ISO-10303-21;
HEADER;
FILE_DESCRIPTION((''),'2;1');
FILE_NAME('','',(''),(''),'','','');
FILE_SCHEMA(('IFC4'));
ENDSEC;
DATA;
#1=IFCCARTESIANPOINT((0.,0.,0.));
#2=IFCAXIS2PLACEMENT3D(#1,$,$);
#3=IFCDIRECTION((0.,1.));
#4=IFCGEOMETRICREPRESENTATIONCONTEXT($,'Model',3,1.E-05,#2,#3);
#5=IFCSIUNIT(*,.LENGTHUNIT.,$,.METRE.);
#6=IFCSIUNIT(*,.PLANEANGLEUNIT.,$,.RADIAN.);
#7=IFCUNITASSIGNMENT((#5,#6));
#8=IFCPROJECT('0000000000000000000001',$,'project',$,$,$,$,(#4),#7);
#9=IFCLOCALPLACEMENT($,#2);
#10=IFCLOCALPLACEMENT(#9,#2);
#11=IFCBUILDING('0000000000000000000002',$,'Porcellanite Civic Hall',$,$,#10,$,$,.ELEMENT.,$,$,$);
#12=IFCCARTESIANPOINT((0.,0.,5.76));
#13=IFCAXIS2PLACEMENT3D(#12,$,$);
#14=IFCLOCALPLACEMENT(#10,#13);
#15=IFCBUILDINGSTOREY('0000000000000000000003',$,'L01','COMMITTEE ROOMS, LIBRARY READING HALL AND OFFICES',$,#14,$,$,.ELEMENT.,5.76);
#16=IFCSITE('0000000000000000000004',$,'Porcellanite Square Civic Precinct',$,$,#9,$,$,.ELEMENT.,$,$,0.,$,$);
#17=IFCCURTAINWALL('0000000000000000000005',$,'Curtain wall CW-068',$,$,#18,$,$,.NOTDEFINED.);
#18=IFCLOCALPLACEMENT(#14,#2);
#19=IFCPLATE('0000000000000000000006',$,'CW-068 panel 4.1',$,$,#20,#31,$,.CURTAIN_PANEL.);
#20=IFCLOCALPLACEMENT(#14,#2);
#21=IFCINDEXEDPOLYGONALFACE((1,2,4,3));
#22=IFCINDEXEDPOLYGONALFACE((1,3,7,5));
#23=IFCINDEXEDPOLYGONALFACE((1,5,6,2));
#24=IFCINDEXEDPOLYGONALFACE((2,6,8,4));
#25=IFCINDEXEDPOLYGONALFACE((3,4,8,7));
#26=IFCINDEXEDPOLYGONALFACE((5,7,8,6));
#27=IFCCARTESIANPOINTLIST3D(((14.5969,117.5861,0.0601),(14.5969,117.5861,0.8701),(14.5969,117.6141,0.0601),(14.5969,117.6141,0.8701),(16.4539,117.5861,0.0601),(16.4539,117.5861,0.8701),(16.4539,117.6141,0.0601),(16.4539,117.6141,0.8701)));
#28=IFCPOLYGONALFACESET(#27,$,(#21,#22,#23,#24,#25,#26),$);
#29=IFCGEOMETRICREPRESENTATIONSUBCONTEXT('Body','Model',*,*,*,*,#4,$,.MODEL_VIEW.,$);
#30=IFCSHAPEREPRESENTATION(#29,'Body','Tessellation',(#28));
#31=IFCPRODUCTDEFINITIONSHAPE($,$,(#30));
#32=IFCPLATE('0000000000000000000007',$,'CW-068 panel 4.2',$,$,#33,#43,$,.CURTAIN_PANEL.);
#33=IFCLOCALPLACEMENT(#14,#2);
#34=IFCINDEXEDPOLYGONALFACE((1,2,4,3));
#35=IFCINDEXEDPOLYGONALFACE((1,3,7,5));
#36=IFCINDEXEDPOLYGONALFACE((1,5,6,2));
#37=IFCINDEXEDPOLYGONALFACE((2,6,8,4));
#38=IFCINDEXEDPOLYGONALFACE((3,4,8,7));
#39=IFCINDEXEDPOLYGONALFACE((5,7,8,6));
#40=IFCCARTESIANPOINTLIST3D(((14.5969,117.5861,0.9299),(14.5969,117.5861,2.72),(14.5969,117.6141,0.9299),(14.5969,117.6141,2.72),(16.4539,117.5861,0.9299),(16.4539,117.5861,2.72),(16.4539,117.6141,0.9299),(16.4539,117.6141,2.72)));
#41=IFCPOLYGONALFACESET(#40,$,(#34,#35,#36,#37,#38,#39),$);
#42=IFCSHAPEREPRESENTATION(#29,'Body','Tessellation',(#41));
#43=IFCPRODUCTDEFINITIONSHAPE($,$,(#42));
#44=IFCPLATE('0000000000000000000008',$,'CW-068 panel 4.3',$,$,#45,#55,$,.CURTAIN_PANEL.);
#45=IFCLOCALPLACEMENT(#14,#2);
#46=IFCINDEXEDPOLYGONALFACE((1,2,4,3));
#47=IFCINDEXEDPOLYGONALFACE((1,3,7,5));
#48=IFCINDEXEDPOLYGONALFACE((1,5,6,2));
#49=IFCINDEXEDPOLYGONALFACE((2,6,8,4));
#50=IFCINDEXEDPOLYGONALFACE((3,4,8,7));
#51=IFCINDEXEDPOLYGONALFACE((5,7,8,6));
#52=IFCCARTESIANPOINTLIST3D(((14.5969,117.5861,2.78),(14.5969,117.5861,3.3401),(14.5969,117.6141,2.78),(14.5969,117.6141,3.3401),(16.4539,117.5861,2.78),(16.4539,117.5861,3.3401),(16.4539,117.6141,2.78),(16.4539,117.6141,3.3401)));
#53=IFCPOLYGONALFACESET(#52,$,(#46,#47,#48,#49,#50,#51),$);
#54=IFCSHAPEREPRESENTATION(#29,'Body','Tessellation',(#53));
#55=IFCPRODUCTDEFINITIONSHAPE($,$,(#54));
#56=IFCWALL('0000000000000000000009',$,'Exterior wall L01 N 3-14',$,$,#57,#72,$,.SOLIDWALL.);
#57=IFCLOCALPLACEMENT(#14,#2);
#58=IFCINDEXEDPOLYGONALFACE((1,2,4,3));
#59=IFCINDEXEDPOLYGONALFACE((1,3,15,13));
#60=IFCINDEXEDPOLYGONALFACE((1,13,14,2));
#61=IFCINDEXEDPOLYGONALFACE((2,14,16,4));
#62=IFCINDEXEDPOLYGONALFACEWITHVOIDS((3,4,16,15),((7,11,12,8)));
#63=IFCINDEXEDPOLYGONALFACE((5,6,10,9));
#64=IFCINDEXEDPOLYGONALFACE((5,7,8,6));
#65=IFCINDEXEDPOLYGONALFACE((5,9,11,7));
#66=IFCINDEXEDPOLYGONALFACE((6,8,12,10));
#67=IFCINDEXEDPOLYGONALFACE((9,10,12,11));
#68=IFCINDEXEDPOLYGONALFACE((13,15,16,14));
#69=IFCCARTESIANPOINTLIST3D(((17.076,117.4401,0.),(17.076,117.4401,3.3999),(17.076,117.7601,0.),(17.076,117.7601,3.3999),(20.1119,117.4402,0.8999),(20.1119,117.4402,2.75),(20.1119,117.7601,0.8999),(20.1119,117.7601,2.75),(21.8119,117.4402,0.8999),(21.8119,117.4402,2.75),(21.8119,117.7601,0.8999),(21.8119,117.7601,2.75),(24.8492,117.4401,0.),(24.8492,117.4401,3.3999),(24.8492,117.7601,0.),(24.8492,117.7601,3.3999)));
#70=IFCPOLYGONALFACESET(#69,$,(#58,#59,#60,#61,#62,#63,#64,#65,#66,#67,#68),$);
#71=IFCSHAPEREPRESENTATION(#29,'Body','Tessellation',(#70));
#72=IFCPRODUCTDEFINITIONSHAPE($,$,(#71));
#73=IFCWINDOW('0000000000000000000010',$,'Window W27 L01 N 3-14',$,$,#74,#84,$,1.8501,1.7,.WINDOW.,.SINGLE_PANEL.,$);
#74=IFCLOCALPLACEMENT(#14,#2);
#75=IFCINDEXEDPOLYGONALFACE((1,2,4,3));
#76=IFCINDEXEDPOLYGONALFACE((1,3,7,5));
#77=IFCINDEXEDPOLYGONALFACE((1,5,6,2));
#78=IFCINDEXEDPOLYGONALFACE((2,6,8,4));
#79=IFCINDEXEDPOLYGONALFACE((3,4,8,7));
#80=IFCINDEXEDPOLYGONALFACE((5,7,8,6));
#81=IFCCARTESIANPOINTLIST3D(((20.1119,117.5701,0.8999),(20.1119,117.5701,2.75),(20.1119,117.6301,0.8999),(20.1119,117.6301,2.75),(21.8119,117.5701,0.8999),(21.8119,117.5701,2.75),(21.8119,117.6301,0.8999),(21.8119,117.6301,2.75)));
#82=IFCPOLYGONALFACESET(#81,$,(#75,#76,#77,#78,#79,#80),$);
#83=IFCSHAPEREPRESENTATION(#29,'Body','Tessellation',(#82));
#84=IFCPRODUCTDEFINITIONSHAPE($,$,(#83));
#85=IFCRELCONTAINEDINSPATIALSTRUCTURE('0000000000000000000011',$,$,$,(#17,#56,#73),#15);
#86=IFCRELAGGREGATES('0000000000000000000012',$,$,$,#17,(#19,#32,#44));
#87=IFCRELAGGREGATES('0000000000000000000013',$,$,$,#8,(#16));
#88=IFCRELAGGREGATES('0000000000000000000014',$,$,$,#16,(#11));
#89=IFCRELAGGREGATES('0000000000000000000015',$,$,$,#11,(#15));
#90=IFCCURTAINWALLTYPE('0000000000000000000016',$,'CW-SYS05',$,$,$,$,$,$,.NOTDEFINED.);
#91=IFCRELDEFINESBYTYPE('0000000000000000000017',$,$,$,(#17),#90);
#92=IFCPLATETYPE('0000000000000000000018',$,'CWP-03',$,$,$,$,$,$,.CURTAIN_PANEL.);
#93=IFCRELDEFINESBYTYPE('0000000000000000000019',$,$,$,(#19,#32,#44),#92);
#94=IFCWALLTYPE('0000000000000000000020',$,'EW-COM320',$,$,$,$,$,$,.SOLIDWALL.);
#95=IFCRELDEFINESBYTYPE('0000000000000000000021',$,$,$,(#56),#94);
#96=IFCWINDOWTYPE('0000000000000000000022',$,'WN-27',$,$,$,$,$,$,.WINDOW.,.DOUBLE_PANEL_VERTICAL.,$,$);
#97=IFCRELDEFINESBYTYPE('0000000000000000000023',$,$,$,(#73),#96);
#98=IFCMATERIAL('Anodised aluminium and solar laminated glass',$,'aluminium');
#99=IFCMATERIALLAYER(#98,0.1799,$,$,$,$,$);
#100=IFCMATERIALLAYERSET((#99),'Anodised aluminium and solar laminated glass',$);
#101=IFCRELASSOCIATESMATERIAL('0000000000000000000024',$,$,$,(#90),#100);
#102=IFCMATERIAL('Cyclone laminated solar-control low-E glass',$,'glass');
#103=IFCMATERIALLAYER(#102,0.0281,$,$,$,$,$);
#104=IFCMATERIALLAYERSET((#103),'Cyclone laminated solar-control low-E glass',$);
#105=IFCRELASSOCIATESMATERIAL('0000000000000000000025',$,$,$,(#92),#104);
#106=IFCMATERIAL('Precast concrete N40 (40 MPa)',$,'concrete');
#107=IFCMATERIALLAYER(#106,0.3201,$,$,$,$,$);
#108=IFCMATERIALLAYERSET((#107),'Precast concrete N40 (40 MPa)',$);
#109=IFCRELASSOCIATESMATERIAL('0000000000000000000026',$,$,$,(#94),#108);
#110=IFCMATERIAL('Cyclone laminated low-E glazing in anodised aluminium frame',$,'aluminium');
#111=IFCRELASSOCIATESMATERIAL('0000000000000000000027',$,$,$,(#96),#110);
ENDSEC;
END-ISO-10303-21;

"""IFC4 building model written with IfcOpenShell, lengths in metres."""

from ifc_helpers import new_model, si_unit, direction, frame, frame_2d, origin, origin_2d, place, context, subcontext, project, spatial, rectangle, extrude, material, layer, layer_set, type_object, element, fill, aggregate, save


model = new_model("IFC4")

# Units and contexts
model_context = context("Model", 3, precision=1e-05, world=origin(), true_north=direction((0.0, 1.0)))
body_context = subcontext(model_context, "Body", "Model", "MODEL_VIEW")
ifc_project = project(units=[si_unit("LENGTHUNIT", "METRE"), si_unit("PLANEANGLEUNIT", "RADIAN")], contexts=[model_context])

# Site, building, storey
site_placement = place(None, origin())
site = spatial("IfcSite", under=ifc_project, at=site_placement, Name="Porcellanite Square Civic Precinct", CompositionType="ELEMENT", RefElevation=0.0)
building_placement = place(site_placement, origin())
building = spatial("IfcBuilding", under=site, at=building_placement, Name="Porcellanite Civic Hall", CompositionType="ELEMENT")
storey_placement = place(building_placement, frame((0.0, 0.0, 5.76)))
storey = spatial("IfcBuildingStorey", under=building, at=storey_placement, Name="L01", Description="COMMITTEE ROOMS, LIBRARY READING HALL AND OFFICES", CompositionType="ELEMENT", Elevation=5.76)

# Curtain wall, plates
ifc_material_1 = material(Name="Anodised aluminium and solar laminated glass", Category="aluminium")
ifc_layer_1 = layer(ifc_material_1, 0.1799)
ifc_layer_set_1 = layer_set([ifc_layer_1], Name="Anodised aluminium and solar laminated glass")
curtain_wall_type = type_object("IfcCurtainWallType", Name="CW-SYS05", PredefinedType="NOTDEFINED", material=ifc_layer_set_1)
curtain_wall_placement = place(storey_placement, origin())
curtain_wall = element("IfcCurtainWall", 1, at=curtain_wall_placement, inside=storey, type_object=curtain_wall_type, Name="Curtain wall CW-068", PredefinedType="NOTDEFINED")
ifc_material_2 = material(Name="Cyclone laminated solar-control low-E glass", Category="glass")
ifc_layer_2 = layer(ifc_material_2, 0.0281)
ifc_layer_set_2 = layer_set([ifc_layer_2], Name="Cyclone laminated solar-control low-E glass")
plate_type = type_object("IfcPlateType", Name="CWP-03", PredefinedType="CURTAIN_PANEL", material=ifc_layer_set_2)
plate_1_placement = place(storey_placement, frame((15.5254, 117.6001, 0.0601), z_axis=(0.0, 0.0, 1.0), x_axis=(1.0, 0.0, 0.0)))
plate_1 = element("IfcPlate", 2, at=plate_1_placement, type_object=plate_type, Name="CW-068 panel 4.1", PredefinedType="CURTAIN_PANEL", context=body_context, shape_type="SweptSolid", body=[
    extrude(rectangle(XDim=1.8569, YDim=0.0281, at=origin_2d()), origin(), (0.0, 0.0, 1.0), 0.8101),
])
plate_2_placement = place(storey_placement, frame((15.5254, 117.6001, 0.9299), z_axis=(0.0, 0.0, 1.0), x_axis=(1.0, 0.0, 0.0)))
plate_2 = element("IfcPlate", 3, at=plate_2_placement, type_object=plate_type, Name="CW-068 panel 4.2", PredefinedType="CURTAIN_PANEL", context=body_context, shape_type="SweptSolid", body=[
    extrude(rectangle(XDim=1.8569, YDim=0.0281, at=origin_2d()), origin(), (0.0, 0.0, 1.0), 1.79),
])
plate_3_placement = place(storey_placement, frame((15.5254, 117.6001, 2.78), z_axis=(0.0, 0.0, 1.0), x_axis=(1.0, 0.0, 0.0)))
plate_3 = element("IfcPlate", 4, at=plate_3_placement, type_object=plate_type, Name="CW-068 panel 4.3", PredefinedType="CURTAIN_PANEL", context=body_context, shape_type="SweptSolid", body=[
    extrude(rectangle(XDim=1.8569, YDim=0.0281, at=origin_2d()), origin(), (0.0, 0.0, 1.0), 0.5601),
])
aggregate(curtain_wall, [plate_1, plate_2, plate_3])

# Wall, opening, window
ifc_material_3 = material(Name="Precast concrete N40 (40 MPa)", Category="concrete")
ifc_layer_3 = layer(ifc_material_3, 0.3201)
ifc_layer_set_3 = layer_set([ifc_layer_3], Name="Precast concrete N40 (40 MPa)")
wall_type = type_object("IfcWallType", Name="EW-COM320", PredefinedType="SOLIDWALL", material=ifc_layer_set_3)
wall_placement = place(storey_placement, frame((17.0759, 117.6001, 0.0), z_axis=(0.0, 0.0, 1.0), x_axis=(1.0, 0.0, 0.0)))
wall = element("IfcWall", 5, at=wall_placement, inside=storey, type_object=wall_type, Name="Exterior wall L01 N 3-14", PredefinedType="SOLIDWALL", context=body_context, shape_type="SweptSolid", body=[
    extrude(rectangle(XDim=7.7732, YDim=0.3201, at=frame_2d((3.8867, 0.0))), origin(), (0.0, 0.0, 1.0), 3.3999),
])
opening_placement = place(wall_placement, frame((3.0359, 0.0, 0.8999)))
opening = element("IfcOpeningElement", 6, at=opening_placement, cuts=wall, PredefinedType="OPENING", context=body_context, shape_type="SweptSolid", body=[
    extrude(rectangle(XDim=1.7, YDim=1.8501, at=frame_2d((0.8501, 0.925))), frame((0.0, 0.1602, 0.0), z_axis=(0.0, -1.0, 0.0), x_axis=(1.0, 0.0, 0.0)), (0.0, 0.0, 1.0), 0.3201),
])
ifc_material_4 = material(Name="Cyclone laminated low-E glazing in anodised aluminium frame", Category="aluminium")
window_type = type_object("IfcWindowType", Name="WN-27", PartitioningType="DOUBLE_PANEL_VERTICAL", PredefinedType="WINDOW", material=ifc_material_4)
window_placement = place(opening_placement, origin())
window = element("IfcWindow", 7, at=window_placement, inside=storey, type_object=window_type, Name="Window W27 L01 N 3-14", OverallHeight=1.8501, OverallWidth=1.7, PartitioningType="SINGLE_PANEL", PredefinedType="WINDOW", context=body_context, shape_type="SweptSolid", body=[
    extrude(rectangle(XDim=1.7, YDim=1.8501, at=frame_2d((0.8501, 0.925))), frame((0.0, 0.03, 0.0), z_axis=(0.0, -1.0, 0.0), x_axis=(1.0, 0.0, 0.0)), (0.0, 0.0, 1.0), 0.0601),
])
fill(opening, window)

save(model, "model.ifc")
